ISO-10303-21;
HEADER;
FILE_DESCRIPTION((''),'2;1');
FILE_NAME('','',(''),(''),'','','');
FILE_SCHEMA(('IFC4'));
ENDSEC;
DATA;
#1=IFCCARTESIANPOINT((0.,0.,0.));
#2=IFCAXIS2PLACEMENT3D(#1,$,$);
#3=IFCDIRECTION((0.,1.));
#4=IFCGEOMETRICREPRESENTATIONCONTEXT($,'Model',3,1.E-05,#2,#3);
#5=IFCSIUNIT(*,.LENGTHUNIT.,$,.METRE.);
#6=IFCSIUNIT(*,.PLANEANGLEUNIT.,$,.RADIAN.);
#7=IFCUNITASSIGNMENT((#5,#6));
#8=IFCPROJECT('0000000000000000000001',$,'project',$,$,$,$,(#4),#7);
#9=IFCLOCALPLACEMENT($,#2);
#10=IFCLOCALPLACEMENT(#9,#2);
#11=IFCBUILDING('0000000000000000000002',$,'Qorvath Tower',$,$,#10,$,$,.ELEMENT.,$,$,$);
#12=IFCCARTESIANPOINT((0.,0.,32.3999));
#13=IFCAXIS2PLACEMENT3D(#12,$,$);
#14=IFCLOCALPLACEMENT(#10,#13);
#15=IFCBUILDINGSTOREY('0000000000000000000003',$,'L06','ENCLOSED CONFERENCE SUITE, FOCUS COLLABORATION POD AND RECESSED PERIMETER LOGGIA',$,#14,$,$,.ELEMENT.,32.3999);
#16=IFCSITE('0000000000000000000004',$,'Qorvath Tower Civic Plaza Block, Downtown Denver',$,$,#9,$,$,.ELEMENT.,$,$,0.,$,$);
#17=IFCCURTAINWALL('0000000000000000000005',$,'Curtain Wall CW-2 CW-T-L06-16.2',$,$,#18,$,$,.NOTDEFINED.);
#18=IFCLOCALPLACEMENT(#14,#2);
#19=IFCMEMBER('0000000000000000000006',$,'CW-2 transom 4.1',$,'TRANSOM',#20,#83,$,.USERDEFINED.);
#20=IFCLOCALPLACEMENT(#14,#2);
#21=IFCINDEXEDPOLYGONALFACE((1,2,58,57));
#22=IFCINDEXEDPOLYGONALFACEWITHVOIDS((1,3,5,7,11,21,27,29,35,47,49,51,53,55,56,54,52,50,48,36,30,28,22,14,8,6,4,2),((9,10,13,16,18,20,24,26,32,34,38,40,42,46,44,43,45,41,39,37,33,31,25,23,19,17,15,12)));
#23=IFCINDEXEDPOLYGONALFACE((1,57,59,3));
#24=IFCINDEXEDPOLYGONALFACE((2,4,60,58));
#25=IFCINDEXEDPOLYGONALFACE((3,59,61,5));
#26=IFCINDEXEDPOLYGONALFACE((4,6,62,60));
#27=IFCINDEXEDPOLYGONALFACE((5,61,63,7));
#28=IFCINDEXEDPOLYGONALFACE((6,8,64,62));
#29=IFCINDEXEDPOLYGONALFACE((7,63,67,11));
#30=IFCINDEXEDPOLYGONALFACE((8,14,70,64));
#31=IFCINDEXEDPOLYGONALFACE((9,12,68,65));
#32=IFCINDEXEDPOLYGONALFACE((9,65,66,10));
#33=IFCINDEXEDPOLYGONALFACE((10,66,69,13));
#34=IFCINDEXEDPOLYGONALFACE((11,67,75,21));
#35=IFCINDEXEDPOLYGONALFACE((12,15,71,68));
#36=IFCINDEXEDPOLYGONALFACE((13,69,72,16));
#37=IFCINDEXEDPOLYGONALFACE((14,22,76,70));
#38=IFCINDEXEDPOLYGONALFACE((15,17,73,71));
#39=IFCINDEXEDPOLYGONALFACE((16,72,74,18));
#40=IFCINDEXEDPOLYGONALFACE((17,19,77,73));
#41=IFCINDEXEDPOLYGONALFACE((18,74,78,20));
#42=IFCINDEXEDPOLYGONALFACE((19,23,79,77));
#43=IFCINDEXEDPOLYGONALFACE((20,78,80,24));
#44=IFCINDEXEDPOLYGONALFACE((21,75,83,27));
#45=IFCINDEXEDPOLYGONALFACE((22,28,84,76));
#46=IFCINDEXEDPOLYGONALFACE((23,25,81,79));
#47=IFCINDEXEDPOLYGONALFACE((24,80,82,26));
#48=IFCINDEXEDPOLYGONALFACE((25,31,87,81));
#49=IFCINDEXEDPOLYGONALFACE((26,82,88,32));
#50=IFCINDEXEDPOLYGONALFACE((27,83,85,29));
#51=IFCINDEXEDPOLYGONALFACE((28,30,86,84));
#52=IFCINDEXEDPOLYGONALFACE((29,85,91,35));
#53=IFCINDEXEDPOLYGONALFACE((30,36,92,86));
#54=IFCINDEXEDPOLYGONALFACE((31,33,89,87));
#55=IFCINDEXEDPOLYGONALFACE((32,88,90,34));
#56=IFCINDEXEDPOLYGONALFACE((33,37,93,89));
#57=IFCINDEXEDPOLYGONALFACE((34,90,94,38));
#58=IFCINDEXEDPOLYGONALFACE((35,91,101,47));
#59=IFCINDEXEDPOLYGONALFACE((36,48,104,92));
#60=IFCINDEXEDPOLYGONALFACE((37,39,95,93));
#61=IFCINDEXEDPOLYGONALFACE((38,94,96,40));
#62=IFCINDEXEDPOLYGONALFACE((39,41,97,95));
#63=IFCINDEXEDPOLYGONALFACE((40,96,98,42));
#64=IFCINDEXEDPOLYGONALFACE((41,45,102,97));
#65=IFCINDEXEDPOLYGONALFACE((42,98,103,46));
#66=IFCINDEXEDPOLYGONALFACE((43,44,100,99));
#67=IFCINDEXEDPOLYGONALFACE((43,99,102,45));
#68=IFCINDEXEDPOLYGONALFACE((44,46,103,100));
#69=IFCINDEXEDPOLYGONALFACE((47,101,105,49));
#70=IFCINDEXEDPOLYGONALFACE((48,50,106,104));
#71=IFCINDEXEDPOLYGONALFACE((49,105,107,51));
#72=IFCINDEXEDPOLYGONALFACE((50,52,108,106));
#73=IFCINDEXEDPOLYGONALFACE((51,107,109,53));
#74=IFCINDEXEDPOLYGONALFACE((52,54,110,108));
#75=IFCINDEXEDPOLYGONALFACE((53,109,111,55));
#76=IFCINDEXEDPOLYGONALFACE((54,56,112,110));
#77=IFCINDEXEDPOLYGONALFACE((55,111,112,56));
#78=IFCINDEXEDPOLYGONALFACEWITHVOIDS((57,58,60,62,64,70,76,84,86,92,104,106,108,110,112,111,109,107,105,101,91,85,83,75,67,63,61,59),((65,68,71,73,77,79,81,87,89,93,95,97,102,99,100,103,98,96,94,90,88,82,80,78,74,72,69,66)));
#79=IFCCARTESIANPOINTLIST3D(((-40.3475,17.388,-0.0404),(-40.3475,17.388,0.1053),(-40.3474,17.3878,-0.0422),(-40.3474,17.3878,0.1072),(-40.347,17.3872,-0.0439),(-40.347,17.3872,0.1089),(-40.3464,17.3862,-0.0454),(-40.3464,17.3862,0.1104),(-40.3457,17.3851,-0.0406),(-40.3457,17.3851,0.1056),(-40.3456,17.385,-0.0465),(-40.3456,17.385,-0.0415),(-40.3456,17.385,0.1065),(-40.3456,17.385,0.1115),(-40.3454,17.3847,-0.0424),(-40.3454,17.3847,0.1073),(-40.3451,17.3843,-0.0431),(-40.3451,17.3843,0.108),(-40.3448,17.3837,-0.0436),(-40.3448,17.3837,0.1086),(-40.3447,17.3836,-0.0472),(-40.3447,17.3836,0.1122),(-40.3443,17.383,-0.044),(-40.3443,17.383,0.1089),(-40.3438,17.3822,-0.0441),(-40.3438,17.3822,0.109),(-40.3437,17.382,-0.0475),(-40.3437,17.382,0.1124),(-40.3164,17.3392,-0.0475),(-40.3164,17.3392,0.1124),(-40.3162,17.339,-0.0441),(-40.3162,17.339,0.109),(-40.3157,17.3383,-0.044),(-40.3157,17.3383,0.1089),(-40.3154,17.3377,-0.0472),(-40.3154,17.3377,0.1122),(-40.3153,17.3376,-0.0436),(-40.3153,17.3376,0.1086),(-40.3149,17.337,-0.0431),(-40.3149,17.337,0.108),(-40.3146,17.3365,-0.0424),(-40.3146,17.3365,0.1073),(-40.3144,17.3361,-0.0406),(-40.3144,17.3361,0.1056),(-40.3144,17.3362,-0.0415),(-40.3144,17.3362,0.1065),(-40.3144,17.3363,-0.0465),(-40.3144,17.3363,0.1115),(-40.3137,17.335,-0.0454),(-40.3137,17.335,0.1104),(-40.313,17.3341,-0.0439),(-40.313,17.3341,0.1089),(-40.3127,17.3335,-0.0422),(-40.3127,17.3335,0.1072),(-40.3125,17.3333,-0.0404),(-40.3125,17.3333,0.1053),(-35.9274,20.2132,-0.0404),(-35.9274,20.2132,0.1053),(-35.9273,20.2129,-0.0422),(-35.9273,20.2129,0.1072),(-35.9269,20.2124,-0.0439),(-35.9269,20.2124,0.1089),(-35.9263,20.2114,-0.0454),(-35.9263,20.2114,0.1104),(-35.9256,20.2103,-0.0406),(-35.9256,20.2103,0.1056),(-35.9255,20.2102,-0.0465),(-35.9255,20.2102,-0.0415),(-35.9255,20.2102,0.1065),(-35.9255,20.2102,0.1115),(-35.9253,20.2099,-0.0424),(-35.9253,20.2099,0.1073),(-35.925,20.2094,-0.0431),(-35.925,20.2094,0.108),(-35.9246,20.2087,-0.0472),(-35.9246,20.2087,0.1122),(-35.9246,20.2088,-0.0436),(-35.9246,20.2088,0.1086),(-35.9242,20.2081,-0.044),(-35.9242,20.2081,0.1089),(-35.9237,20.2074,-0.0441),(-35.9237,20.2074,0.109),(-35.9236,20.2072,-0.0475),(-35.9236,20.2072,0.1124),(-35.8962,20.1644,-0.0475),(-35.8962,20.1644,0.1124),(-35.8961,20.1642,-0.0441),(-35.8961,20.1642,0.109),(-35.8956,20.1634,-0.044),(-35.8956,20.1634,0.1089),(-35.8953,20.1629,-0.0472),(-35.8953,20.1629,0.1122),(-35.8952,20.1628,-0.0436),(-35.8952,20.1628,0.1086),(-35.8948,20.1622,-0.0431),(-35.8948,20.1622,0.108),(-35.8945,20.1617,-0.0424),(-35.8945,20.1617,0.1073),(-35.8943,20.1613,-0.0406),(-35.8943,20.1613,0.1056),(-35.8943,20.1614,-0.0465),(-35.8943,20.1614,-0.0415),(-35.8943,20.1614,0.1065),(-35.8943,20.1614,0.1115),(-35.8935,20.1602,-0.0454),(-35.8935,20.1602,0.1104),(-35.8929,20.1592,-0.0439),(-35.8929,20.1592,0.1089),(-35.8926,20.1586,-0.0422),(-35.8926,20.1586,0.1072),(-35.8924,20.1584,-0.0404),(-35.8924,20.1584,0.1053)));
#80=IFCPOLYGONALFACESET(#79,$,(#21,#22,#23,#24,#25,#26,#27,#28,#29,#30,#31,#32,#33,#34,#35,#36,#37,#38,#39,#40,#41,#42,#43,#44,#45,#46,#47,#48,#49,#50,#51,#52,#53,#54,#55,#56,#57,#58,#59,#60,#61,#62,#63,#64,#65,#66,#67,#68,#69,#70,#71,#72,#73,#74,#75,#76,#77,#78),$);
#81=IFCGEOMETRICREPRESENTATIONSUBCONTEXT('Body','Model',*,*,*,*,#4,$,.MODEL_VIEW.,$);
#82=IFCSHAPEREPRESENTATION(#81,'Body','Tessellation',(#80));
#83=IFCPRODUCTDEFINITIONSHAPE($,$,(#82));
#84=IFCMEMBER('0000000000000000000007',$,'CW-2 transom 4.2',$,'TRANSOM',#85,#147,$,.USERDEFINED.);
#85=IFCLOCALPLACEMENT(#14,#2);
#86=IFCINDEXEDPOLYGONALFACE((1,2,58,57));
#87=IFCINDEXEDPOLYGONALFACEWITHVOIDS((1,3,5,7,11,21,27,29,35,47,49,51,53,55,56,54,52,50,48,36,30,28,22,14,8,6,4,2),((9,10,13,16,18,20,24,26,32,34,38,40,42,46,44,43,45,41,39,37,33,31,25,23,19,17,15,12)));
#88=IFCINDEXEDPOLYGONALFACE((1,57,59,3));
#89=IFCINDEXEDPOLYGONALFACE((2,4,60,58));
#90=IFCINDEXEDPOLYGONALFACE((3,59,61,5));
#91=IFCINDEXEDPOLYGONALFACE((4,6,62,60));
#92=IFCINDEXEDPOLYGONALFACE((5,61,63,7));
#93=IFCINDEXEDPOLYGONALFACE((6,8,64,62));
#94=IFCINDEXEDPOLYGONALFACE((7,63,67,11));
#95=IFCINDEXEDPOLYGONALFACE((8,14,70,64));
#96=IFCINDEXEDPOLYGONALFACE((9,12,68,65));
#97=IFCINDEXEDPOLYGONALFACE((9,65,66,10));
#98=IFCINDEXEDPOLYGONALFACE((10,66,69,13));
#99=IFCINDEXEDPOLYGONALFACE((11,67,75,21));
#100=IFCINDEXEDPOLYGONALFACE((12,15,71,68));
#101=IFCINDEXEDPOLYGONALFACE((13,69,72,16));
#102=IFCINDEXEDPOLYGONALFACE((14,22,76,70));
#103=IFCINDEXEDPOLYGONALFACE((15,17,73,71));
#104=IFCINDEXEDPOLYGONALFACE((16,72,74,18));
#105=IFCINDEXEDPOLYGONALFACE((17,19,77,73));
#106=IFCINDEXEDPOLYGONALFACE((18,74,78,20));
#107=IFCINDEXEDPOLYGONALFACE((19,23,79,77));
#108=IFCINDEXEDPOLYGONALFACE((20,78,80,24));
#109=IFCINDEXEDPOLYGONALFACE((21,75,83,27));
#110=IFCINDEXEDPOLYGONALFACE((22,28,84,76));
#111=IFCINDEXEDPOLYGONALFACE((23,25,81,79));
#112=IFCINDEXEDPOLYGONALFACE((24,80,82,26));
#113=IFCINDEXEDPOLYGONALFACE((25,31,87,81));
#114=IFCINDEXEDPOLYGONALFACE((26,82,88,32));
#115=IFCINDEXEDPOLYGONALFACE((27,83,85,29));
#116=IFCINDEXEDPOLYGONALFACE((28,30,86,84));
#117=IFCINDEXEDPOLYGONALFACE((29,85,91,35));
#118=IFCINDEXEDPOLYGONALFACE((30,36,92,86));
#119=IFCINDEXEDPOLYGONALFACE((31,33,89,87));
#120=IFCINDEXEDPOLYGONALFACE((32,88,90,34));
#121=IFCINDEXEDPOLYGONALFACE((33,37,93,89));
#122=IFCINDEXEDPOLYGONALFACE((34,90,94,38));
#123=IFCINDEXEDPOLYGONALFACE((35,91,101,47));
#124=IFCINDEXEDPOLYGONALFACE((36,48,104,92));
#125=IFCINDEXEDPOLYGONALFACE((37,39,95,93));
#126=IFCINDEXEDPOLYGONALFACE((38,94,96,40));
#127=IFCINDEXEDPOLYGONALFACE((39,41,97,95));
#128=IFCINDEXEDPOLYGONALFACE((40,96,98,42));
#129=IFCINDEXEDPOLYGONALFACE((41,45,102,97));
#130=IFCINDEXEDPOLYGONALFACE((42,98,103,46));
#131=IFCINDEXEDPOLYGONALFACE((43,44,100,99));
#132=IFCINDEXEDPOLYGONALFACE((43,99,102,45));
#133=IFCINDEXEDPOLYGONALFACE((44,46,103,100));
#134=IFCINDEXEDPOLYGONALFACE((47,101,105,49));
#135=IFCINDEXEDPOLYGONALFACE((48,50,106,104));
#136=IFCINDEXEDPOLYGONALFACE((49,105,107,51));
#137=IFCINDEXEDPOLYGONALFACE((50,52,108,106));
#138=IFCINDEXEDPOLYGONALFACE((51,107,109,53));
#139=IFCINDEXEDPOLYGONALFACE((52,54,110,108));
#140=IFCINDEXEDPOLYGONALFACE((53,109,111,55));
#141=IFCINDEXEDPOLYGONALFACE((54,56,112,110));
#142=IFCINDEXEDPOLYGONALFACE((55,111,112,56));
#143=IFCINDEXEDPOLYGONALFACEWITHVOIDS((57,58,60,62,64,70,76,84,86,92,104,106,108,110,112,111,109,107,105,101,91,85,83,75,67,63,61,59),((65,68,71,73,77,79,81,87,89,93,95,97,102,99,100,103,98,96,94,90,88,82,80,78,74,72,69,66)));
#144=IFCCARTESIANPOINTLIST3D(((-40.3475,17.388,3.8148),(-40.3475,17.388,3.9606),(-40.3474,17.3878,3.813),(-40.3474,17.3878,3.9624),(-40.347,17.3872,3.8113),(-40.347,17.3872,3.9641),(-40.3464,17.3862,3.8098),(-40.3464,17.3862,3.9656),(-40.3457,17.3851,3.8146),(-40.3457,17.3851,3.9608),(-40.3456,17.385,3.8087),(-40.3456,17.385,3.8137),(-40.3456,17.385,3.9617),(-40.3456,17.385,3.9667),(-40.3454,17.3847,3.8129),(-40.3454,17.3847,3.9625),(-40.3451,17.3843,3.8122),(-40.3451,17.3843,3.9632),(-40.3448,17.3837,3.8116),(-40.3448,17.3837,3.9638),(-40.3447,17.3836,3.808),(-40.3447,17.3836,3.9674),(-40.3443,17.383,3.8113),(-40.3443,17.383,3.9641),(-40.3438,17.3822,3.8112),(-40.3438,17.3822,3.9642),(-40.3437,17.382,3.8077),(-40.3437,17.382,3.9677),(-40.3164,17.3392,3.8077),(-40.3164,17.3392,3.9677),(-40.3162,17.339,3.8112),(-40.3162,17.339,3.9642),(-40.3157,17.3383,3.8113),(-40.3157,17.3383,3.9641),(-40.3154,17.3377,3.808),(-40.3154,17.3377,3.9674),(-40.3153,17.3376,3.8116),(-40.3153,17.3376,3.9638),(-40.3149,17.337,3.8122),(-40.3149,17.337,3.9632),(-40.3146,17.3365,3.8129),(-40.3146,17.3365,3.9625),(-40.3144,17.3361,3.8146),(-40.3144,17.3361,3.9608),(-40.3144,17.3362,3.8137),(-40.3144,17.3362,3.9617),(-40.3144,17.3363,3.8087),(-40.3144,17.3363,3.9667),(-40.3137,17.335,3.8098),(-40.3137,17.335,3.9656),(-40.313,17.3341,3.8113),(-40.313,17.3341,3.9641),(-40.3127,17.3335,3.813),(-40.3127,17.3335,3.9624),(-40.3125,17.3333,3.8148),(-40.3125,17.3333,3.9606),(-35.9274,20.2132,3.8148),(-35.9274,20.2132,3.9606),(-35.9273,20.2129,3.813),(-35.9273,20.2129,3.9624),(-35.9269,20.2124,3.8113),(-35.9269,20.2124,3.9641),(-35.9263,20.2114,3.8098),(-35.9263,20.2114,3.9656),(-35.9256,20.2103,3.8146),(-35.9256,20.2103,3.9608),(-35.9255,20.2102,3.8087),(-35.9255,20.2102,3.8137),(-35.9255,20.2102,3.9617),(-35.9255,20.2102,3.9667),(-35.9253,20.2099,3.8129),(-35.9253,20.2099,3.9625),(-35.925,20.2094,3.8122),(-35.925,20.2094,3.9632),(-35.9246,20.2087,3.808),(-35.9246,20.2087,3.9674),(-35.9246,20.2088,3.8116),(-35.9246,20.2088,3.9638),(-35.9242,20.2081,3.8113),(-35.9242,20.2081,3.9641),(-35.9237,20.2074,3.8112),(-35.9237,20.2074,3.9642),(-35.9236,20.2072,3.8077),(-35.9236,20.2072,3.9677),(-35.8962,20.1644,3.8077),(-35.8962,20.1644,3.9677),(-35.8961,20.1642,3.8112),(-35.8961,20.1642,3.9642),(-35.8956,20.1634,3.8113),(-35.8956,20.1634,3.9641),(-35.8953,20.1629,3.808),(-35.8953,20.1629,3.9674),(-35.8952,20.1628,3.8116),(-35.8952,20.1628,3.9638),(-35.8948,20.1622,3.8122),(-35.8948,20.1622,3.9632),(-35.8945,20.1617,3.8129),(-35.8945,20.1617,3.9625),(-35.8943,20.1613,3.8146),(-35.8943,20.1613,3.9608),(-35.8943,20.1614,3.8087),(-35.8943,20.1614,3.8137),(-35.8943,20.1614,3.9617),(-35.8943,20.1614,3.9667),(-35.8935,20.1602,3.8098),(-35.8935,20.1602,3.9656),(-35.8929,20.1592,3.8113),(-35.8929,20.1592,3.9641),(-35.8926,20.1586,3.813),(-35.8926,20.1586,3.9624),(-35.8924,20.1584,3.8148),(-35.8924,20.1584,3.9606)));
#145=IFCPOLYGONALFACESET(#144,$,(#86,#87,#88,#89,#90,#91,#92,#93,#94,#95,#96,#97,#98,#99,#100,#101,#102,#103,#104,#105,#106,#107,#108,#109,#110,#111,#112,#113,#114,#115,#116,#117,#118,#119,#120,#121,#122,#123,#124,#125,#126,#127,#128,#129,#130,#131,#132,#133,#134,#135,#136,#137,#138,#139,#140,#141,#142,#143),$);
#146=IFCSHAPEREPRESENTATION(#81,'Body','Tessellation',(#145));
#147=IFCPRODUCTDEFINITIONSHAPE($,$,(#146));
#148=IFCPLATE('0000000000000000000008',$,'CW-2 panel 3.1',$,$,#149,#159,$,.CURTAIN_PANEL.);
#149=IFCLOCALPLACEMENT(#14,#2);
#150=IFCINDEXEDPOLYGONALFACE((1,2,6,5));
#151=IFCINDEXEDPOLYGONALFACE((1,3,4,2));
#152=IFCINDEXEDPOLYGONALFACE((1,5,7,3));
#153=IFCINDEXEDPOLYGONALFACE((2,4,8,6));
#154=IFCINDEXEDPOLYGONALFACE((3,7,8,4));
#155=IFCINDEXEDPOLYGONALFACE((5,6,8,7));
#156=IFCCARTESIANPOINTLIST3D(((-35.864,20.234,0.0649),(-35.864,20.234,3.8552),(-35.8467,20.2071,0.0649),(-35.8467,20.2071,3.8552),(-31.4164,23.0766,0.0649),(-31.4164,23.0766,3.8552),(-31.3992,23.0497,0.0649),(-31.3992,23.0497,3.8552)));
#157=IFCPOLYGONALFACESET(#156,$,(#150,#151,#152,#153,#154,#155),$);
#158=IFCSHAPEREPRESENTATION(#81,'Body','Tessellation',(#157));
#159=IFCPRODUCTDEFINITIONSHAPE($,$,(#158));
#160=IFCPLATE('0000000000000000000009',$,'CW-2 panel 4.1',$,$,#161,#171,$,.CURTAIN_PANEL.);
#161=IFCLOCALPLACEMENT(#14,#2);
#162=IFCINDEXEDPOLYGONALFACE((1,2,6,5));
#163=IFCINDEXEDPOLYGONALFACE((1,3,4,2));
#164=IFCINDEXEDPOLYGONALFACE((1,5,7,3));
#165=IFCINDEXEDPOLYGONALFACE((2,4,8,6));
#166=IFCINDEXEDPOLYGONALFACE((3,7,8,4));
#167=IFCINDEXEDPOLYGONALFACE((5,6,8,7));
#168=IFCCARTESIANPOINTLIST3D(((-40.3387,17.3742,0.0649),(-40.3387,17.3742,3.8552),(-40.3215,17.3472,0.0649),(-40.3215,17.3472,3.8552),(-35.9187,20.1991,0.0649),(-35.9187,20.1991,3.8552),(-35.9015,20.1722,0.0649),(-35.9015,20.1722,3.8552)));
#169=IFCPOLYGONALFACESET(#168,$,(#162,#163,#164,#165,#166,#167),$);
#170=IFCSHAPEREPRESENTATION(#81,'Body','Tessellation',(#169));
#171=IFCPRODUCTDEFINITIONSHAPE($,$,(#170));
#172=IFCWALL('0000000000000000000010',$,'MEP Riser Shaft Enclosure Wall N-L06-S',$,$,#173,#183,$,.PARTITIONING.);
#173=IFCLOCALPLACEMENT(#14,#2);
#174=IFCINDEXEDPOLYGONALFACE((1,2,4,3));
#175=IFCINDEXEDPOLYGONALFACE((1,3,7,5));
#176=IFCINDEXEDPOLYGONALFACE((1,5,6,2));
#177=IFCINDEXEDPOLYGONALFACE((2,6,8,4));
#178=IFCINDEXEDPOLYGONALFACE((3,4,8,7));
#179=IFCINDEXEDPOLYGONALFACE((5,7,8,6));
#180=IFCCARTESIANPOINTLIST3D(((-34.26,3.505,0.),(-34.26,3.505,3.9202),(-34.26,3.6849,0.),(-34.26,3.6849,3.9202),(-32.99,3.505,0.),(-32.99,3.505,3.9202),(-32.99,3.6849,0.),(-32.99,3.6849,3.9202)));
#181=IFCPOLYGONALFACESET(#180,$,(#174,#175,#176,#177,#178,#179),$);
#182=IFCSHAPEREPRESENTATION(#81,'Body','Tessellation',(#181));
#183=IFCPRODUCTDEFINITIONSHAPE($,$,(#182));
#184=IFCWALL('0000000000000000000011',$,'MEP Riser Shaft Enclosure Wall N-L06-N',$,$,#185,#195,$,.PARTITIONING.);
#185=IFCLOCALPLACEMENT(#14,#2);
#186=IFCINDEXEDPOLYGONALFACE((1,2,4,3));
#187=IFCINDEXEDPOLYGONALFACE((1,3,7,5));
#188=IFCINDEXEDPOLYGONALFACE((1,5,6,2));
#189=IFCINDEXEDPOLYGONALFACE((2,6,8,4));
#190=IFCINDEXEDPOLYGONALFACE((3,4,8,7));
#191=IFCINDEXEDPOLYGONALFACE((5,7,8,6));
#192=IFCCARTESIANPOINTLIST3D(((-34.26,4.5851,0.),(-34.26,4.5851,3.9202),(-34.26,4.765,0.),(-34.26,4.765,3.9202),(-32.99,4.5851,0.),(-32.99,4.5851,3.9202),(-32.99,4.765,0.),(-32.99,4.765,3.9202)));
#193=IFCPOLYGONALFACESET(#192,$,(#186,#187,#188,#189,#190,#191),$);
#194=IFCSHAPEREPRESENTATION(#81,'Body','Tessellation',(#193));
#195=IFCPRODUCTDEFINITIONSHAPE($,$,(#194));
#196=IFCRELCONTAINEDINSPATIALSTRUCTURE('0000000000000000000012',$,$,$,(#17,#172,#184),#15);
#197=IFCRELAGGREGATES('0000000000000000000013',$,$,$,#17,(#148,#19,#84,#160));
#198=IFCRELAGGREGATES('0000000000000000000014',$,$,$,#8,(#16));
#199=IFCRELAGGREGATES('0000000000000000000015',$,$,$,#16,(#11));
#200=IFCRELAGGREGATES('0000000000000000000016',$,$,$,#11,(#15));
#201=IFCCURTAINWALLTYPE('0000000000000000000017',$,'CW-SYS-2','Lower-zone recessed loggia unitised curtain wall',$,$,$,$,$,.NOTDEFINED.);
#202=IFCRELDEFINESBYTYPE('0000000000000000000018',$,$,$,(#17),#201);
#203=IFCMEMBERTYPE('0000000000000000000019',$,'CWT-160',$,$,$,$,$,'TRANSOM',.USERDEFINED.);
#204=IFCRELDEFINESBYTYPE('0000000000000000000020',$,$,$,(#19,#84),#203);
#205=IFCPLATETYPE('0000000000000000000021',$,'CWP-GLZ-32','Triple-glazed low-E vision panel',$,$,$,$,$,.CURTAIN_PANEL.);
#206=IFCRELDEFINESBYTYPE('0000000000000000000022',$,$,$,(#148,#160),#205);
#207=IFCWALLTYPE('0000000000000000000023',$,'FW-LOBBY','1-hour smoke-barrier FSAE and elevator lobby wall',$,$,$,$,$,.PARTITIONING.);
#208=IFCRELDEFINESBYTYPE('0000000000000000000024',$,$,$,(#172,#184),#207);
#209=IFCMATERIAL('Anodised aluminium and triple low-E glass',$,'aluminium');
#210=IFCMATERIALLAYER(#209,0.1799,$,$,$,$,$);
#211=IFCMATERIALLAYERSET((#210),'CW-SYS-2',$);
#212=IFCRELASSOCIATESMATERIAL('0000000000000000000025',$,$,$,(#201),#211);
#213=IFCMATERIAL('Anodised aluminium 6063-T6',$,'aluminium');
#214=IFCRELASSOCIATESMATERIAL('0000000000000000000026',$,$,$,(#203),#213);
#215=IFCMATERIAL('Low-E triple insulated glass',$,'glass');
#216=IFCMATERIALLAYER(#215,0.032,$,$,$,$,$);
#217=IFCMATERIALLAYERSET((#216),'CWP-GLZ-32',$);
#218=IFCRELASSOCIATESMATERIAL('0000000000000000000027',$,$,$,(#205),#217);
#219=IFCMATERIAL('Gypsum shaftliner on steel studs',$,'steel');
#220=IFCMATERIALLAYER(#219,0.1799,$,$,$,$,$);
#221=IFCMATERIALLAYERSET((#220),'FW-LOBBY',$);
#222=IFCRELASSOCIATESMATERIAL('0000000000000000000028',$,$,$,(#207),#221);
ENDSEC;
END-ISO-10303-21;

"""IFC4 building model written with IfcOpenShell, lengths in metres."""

from ifc_helpers import new_model, si_unit, direction, frame, frame_2d, origin, origin_2d, place, context, subcontext, project, spatial, rectangle, hollow_rectangle, extrude, material, layer, layer_set, material_profile, profile_set, type_object, element, aggregate, save


model = new_model("IFC4")

# Units and contexts
model_context = context("Model", 3, precision=1e-05, world=origin(), true_north=direction((0.0, 1.0)))
body_context = subcontext(model_context, "Body", "Model", "MODEL_VIEW")
ifc_project = project(units=[si_unit("LENGTHUNIT", "METRE"), si_unit("PLANEANGLEUNIT", "RADIAN")], contexts=[model_context])

# Site, building, storey
site_placement = place(None, origin())
site = spatial("IfcSite", under=ifc_project, at=site_placement, Name="Qorvath Tower Civic Plaza Block, Downtown Denver", CompositionType="ELEMENT", RefElevation=0.0)
building_placement = place(site_placement, origin())
building = spatial("IfcBuilding", under=site, at=building_placement, Name="Qorvath Tower", CompositionType="ELEMENT")
storey_placement = place(building_placement, frame((0.0, 0.0, 32.3999)))
storey = spatial("IfcBuildingStorey", under=building, at=storey_placement, Name="L06", Description="ENCLOSED CONFERENCE SUITE, FOCUS COLLABORATION POD AND RECESSED PERIMETER LOGGIA", CompositionType="ELEMENT", Elevation=32.3999)

# Curtain wall, members, plates
ifc_material_1 = material(Name="Anodised aluminium and triple low-E glass", Category="aluminium")
ifc_layer_1 = layer(ifc_material_1, 0.1799)
ifc_layer_set_1 = layer_set([ifc_layer_1], Name="CW-SYS-2")
curtain_wall_type = type_object("IfcCurtainWallType", Name="CW-SYS-2", Description="Lower-zone recessed loggia unitised curtain wall", PredefinedType="NOTDEFINED", material=ifc_layer_set_1)
curtain_wall_placement = place(storey_placement, origin())
curtain_wall = element("IfcCurtainWall", 1, at=curtain_wall_placement, inside=storey, type_object=curtain_wall_type, Name="Curtain Wall CW-2 CW-T-L06-16.2", PredefinedType="NOTDEFINED")
ifc_material_2 = material(Name="Anodised aluminium 6063-T6", Category="aluminium")
ifc_material_profile_1 = material_profile(ifc_material_2, hollow_rectangle(XDim=0.0649, YDim=0.1599, WallThickness=0.0034, InnerFilletRadius=0.0034, OuterFilletRadius=0.0071, at=origin_2d()), Name="CWT 160x65")
ifc_profile_set_1 = profile_set([ifc_material_profile_1], Name="Anodised aluminium 6063-T6")
member_type_1 = type_object("IfcMemberType", Name="CWT-160", ElementType="TRANSOM", PredefinedType="USERDEFINED", material=ifc_profile_set_1)
member_1_placement = place(storey_placement, frame((-35.9099, 20.1858, 0.0325), z_axis=(-0.842592, -0.538552, 0.0), x_axis=(0.538552, -0.842592, 0.0)))
member_1 = element("IfcMember", 2, at=member_1_placement, type_object=member_type_1, Name="CW-2 transom 4.1", ObjectType="TRANSOM", PredefinedType="USERDEFINED", context=body_context, shape_type="SweptSolid", body=[
    extrude(hollow_rectangle(XDim=0.0649, YDim=0.1599, WallThickness=0.0034, InnerFilletRadius=0.0034, OuterFilletRadius=0.0071, at=origin_2d()), origin(), (0.0, 0.0, 1.0), 5.2458),
])
member_2_placement = place(storey_placement, frame((-35.9099, 20.1858, 3.8877), z_axis=(-0.842592, -0.538552, 0.0), x_axis=(0.538552, -0.842592, 0.0)))
member_2 = element("IfcMember", 3, at=member_2_placement, type_object=member_type_1, Name="CW-2 transom 4.2", ObjectType="TRANSOM", PredefinedType="USERDEFINED", context=body_context, shape_type="SweptSolid", body=[
    extrude(hollow_rectangle(XDim=0.0649, YDim=0.1599, WallThickness=0.0034, InnerFilletRadius=0.0034, OuterFilletRadius=0.0071, at=origin_2d()), origin(), (0.0, 0.0, 1.0), 5.2458),
])
ifc_material_3 = material(Name="Low-E triple insulated glass", Category="glass")
ifc_layer_2 = layer(ifc_material_3, 0.032)
ifc_layer_set_2 = layer_set([ifc_layer_2], Name="CWP-GLZ-32")
plate_type = type_object("IfcPlateType", Name="CWP-GLZ-32", Description="Triple-glazed low-E vision panel", PredefinedType="CURTAIN_PANEL", material=ifc_layer_set_2)
plate_1_placement = place(storey_placement, frame((-33.6316, 21.6418, 0.0649), z_axis=(0.0, 0.0, 1.0), x_axis=(-0.842603, -0.538535, 0.0)))
plate_1 = element("IfcPlate", 4, at=plate_1_placement, type_object=plate_type, Name="CW-2 panel 3.1", PredefinedType="CURTAIN_PANEL", context=body_context, shape_type="SweptSolid", body=[
    extrude(rectangle(XDim=5.2783, YDim=0.032, at=origin_2d()), origin(), (0.0, 0.0, 1.0), 3.7903),
])
plate_2_placement = place(storey_placement, frame((-38.1201, 18.7732, 0.0649), z_axis=(0.0, 0.0, 1.0), x_axis=(-0.842603, -0.538535, 0.0)))
plate_2 = element("IfcPlate", 5, at=plate_2_placement, type_object=plate_type, Name="CW-2 panel 4.1", PredefinedType="CURTAIN_PANEL", context=body_context, shape_type="SweptSolid", body=[
    extrude(rectangle(XDim=5.2456, YDim=0.032, at=origin_2d()), origin(), (0.0, 0.0, 1.0), 3.7903),
])
aggregate(curtain_wall, [plate_1, member_1, member_2, plate_2])

# Walls
ifc_material_4 = material(Name="Gypsum shaftliner on steel studs", Category="steel")
ifc_layer_3 = layer(ifc_material_4, 0.1799)
ifc_layer_set_3 = layer_set([ifc_layer_3], Name="FW-LOBBY")
wall_type_1 = type_object("IfcWallType", Name="FW-LOBBY", Description="1-hour smoke-barrier FSAE and elevator lobby wall", PredefinedType="PARTITIONING", material=ifc_layer_set_3)
for number, where, z_axis, x_axis, name in (
    (6, (-32.99, 3.595, 0.0), (0.0, 0.0, 1.0), (-1.0, 0.0, 0.0), "MEP Riser Shaft Enclosure Wall N-L06-S"),
    (7, (-34.26, 4.675, 0.0), (0.0, 0.0, 1.0), (1.0, 0.0, 0.0), "MEP Riser Shaft Enclosure Wall N-L06-N"),
):
    element("IfcWall", number, at=place(storey_placement, frame(where, z_axis=z_axis, x_axis=x_axis)), inside=storey, type_object=wall_type_1, Name=name, PredefinedType="PARTITIONING", context=body_context, shape_type="SweptSolid", body=[
        extrude(rectangle(XDim=1.27, YDim=0.1799, at=frame_2d((0.635, 0.0))), origin(), (0.0, 0.0, 1.0), 3.9202),
    ])

save(model, "model.ifc")
